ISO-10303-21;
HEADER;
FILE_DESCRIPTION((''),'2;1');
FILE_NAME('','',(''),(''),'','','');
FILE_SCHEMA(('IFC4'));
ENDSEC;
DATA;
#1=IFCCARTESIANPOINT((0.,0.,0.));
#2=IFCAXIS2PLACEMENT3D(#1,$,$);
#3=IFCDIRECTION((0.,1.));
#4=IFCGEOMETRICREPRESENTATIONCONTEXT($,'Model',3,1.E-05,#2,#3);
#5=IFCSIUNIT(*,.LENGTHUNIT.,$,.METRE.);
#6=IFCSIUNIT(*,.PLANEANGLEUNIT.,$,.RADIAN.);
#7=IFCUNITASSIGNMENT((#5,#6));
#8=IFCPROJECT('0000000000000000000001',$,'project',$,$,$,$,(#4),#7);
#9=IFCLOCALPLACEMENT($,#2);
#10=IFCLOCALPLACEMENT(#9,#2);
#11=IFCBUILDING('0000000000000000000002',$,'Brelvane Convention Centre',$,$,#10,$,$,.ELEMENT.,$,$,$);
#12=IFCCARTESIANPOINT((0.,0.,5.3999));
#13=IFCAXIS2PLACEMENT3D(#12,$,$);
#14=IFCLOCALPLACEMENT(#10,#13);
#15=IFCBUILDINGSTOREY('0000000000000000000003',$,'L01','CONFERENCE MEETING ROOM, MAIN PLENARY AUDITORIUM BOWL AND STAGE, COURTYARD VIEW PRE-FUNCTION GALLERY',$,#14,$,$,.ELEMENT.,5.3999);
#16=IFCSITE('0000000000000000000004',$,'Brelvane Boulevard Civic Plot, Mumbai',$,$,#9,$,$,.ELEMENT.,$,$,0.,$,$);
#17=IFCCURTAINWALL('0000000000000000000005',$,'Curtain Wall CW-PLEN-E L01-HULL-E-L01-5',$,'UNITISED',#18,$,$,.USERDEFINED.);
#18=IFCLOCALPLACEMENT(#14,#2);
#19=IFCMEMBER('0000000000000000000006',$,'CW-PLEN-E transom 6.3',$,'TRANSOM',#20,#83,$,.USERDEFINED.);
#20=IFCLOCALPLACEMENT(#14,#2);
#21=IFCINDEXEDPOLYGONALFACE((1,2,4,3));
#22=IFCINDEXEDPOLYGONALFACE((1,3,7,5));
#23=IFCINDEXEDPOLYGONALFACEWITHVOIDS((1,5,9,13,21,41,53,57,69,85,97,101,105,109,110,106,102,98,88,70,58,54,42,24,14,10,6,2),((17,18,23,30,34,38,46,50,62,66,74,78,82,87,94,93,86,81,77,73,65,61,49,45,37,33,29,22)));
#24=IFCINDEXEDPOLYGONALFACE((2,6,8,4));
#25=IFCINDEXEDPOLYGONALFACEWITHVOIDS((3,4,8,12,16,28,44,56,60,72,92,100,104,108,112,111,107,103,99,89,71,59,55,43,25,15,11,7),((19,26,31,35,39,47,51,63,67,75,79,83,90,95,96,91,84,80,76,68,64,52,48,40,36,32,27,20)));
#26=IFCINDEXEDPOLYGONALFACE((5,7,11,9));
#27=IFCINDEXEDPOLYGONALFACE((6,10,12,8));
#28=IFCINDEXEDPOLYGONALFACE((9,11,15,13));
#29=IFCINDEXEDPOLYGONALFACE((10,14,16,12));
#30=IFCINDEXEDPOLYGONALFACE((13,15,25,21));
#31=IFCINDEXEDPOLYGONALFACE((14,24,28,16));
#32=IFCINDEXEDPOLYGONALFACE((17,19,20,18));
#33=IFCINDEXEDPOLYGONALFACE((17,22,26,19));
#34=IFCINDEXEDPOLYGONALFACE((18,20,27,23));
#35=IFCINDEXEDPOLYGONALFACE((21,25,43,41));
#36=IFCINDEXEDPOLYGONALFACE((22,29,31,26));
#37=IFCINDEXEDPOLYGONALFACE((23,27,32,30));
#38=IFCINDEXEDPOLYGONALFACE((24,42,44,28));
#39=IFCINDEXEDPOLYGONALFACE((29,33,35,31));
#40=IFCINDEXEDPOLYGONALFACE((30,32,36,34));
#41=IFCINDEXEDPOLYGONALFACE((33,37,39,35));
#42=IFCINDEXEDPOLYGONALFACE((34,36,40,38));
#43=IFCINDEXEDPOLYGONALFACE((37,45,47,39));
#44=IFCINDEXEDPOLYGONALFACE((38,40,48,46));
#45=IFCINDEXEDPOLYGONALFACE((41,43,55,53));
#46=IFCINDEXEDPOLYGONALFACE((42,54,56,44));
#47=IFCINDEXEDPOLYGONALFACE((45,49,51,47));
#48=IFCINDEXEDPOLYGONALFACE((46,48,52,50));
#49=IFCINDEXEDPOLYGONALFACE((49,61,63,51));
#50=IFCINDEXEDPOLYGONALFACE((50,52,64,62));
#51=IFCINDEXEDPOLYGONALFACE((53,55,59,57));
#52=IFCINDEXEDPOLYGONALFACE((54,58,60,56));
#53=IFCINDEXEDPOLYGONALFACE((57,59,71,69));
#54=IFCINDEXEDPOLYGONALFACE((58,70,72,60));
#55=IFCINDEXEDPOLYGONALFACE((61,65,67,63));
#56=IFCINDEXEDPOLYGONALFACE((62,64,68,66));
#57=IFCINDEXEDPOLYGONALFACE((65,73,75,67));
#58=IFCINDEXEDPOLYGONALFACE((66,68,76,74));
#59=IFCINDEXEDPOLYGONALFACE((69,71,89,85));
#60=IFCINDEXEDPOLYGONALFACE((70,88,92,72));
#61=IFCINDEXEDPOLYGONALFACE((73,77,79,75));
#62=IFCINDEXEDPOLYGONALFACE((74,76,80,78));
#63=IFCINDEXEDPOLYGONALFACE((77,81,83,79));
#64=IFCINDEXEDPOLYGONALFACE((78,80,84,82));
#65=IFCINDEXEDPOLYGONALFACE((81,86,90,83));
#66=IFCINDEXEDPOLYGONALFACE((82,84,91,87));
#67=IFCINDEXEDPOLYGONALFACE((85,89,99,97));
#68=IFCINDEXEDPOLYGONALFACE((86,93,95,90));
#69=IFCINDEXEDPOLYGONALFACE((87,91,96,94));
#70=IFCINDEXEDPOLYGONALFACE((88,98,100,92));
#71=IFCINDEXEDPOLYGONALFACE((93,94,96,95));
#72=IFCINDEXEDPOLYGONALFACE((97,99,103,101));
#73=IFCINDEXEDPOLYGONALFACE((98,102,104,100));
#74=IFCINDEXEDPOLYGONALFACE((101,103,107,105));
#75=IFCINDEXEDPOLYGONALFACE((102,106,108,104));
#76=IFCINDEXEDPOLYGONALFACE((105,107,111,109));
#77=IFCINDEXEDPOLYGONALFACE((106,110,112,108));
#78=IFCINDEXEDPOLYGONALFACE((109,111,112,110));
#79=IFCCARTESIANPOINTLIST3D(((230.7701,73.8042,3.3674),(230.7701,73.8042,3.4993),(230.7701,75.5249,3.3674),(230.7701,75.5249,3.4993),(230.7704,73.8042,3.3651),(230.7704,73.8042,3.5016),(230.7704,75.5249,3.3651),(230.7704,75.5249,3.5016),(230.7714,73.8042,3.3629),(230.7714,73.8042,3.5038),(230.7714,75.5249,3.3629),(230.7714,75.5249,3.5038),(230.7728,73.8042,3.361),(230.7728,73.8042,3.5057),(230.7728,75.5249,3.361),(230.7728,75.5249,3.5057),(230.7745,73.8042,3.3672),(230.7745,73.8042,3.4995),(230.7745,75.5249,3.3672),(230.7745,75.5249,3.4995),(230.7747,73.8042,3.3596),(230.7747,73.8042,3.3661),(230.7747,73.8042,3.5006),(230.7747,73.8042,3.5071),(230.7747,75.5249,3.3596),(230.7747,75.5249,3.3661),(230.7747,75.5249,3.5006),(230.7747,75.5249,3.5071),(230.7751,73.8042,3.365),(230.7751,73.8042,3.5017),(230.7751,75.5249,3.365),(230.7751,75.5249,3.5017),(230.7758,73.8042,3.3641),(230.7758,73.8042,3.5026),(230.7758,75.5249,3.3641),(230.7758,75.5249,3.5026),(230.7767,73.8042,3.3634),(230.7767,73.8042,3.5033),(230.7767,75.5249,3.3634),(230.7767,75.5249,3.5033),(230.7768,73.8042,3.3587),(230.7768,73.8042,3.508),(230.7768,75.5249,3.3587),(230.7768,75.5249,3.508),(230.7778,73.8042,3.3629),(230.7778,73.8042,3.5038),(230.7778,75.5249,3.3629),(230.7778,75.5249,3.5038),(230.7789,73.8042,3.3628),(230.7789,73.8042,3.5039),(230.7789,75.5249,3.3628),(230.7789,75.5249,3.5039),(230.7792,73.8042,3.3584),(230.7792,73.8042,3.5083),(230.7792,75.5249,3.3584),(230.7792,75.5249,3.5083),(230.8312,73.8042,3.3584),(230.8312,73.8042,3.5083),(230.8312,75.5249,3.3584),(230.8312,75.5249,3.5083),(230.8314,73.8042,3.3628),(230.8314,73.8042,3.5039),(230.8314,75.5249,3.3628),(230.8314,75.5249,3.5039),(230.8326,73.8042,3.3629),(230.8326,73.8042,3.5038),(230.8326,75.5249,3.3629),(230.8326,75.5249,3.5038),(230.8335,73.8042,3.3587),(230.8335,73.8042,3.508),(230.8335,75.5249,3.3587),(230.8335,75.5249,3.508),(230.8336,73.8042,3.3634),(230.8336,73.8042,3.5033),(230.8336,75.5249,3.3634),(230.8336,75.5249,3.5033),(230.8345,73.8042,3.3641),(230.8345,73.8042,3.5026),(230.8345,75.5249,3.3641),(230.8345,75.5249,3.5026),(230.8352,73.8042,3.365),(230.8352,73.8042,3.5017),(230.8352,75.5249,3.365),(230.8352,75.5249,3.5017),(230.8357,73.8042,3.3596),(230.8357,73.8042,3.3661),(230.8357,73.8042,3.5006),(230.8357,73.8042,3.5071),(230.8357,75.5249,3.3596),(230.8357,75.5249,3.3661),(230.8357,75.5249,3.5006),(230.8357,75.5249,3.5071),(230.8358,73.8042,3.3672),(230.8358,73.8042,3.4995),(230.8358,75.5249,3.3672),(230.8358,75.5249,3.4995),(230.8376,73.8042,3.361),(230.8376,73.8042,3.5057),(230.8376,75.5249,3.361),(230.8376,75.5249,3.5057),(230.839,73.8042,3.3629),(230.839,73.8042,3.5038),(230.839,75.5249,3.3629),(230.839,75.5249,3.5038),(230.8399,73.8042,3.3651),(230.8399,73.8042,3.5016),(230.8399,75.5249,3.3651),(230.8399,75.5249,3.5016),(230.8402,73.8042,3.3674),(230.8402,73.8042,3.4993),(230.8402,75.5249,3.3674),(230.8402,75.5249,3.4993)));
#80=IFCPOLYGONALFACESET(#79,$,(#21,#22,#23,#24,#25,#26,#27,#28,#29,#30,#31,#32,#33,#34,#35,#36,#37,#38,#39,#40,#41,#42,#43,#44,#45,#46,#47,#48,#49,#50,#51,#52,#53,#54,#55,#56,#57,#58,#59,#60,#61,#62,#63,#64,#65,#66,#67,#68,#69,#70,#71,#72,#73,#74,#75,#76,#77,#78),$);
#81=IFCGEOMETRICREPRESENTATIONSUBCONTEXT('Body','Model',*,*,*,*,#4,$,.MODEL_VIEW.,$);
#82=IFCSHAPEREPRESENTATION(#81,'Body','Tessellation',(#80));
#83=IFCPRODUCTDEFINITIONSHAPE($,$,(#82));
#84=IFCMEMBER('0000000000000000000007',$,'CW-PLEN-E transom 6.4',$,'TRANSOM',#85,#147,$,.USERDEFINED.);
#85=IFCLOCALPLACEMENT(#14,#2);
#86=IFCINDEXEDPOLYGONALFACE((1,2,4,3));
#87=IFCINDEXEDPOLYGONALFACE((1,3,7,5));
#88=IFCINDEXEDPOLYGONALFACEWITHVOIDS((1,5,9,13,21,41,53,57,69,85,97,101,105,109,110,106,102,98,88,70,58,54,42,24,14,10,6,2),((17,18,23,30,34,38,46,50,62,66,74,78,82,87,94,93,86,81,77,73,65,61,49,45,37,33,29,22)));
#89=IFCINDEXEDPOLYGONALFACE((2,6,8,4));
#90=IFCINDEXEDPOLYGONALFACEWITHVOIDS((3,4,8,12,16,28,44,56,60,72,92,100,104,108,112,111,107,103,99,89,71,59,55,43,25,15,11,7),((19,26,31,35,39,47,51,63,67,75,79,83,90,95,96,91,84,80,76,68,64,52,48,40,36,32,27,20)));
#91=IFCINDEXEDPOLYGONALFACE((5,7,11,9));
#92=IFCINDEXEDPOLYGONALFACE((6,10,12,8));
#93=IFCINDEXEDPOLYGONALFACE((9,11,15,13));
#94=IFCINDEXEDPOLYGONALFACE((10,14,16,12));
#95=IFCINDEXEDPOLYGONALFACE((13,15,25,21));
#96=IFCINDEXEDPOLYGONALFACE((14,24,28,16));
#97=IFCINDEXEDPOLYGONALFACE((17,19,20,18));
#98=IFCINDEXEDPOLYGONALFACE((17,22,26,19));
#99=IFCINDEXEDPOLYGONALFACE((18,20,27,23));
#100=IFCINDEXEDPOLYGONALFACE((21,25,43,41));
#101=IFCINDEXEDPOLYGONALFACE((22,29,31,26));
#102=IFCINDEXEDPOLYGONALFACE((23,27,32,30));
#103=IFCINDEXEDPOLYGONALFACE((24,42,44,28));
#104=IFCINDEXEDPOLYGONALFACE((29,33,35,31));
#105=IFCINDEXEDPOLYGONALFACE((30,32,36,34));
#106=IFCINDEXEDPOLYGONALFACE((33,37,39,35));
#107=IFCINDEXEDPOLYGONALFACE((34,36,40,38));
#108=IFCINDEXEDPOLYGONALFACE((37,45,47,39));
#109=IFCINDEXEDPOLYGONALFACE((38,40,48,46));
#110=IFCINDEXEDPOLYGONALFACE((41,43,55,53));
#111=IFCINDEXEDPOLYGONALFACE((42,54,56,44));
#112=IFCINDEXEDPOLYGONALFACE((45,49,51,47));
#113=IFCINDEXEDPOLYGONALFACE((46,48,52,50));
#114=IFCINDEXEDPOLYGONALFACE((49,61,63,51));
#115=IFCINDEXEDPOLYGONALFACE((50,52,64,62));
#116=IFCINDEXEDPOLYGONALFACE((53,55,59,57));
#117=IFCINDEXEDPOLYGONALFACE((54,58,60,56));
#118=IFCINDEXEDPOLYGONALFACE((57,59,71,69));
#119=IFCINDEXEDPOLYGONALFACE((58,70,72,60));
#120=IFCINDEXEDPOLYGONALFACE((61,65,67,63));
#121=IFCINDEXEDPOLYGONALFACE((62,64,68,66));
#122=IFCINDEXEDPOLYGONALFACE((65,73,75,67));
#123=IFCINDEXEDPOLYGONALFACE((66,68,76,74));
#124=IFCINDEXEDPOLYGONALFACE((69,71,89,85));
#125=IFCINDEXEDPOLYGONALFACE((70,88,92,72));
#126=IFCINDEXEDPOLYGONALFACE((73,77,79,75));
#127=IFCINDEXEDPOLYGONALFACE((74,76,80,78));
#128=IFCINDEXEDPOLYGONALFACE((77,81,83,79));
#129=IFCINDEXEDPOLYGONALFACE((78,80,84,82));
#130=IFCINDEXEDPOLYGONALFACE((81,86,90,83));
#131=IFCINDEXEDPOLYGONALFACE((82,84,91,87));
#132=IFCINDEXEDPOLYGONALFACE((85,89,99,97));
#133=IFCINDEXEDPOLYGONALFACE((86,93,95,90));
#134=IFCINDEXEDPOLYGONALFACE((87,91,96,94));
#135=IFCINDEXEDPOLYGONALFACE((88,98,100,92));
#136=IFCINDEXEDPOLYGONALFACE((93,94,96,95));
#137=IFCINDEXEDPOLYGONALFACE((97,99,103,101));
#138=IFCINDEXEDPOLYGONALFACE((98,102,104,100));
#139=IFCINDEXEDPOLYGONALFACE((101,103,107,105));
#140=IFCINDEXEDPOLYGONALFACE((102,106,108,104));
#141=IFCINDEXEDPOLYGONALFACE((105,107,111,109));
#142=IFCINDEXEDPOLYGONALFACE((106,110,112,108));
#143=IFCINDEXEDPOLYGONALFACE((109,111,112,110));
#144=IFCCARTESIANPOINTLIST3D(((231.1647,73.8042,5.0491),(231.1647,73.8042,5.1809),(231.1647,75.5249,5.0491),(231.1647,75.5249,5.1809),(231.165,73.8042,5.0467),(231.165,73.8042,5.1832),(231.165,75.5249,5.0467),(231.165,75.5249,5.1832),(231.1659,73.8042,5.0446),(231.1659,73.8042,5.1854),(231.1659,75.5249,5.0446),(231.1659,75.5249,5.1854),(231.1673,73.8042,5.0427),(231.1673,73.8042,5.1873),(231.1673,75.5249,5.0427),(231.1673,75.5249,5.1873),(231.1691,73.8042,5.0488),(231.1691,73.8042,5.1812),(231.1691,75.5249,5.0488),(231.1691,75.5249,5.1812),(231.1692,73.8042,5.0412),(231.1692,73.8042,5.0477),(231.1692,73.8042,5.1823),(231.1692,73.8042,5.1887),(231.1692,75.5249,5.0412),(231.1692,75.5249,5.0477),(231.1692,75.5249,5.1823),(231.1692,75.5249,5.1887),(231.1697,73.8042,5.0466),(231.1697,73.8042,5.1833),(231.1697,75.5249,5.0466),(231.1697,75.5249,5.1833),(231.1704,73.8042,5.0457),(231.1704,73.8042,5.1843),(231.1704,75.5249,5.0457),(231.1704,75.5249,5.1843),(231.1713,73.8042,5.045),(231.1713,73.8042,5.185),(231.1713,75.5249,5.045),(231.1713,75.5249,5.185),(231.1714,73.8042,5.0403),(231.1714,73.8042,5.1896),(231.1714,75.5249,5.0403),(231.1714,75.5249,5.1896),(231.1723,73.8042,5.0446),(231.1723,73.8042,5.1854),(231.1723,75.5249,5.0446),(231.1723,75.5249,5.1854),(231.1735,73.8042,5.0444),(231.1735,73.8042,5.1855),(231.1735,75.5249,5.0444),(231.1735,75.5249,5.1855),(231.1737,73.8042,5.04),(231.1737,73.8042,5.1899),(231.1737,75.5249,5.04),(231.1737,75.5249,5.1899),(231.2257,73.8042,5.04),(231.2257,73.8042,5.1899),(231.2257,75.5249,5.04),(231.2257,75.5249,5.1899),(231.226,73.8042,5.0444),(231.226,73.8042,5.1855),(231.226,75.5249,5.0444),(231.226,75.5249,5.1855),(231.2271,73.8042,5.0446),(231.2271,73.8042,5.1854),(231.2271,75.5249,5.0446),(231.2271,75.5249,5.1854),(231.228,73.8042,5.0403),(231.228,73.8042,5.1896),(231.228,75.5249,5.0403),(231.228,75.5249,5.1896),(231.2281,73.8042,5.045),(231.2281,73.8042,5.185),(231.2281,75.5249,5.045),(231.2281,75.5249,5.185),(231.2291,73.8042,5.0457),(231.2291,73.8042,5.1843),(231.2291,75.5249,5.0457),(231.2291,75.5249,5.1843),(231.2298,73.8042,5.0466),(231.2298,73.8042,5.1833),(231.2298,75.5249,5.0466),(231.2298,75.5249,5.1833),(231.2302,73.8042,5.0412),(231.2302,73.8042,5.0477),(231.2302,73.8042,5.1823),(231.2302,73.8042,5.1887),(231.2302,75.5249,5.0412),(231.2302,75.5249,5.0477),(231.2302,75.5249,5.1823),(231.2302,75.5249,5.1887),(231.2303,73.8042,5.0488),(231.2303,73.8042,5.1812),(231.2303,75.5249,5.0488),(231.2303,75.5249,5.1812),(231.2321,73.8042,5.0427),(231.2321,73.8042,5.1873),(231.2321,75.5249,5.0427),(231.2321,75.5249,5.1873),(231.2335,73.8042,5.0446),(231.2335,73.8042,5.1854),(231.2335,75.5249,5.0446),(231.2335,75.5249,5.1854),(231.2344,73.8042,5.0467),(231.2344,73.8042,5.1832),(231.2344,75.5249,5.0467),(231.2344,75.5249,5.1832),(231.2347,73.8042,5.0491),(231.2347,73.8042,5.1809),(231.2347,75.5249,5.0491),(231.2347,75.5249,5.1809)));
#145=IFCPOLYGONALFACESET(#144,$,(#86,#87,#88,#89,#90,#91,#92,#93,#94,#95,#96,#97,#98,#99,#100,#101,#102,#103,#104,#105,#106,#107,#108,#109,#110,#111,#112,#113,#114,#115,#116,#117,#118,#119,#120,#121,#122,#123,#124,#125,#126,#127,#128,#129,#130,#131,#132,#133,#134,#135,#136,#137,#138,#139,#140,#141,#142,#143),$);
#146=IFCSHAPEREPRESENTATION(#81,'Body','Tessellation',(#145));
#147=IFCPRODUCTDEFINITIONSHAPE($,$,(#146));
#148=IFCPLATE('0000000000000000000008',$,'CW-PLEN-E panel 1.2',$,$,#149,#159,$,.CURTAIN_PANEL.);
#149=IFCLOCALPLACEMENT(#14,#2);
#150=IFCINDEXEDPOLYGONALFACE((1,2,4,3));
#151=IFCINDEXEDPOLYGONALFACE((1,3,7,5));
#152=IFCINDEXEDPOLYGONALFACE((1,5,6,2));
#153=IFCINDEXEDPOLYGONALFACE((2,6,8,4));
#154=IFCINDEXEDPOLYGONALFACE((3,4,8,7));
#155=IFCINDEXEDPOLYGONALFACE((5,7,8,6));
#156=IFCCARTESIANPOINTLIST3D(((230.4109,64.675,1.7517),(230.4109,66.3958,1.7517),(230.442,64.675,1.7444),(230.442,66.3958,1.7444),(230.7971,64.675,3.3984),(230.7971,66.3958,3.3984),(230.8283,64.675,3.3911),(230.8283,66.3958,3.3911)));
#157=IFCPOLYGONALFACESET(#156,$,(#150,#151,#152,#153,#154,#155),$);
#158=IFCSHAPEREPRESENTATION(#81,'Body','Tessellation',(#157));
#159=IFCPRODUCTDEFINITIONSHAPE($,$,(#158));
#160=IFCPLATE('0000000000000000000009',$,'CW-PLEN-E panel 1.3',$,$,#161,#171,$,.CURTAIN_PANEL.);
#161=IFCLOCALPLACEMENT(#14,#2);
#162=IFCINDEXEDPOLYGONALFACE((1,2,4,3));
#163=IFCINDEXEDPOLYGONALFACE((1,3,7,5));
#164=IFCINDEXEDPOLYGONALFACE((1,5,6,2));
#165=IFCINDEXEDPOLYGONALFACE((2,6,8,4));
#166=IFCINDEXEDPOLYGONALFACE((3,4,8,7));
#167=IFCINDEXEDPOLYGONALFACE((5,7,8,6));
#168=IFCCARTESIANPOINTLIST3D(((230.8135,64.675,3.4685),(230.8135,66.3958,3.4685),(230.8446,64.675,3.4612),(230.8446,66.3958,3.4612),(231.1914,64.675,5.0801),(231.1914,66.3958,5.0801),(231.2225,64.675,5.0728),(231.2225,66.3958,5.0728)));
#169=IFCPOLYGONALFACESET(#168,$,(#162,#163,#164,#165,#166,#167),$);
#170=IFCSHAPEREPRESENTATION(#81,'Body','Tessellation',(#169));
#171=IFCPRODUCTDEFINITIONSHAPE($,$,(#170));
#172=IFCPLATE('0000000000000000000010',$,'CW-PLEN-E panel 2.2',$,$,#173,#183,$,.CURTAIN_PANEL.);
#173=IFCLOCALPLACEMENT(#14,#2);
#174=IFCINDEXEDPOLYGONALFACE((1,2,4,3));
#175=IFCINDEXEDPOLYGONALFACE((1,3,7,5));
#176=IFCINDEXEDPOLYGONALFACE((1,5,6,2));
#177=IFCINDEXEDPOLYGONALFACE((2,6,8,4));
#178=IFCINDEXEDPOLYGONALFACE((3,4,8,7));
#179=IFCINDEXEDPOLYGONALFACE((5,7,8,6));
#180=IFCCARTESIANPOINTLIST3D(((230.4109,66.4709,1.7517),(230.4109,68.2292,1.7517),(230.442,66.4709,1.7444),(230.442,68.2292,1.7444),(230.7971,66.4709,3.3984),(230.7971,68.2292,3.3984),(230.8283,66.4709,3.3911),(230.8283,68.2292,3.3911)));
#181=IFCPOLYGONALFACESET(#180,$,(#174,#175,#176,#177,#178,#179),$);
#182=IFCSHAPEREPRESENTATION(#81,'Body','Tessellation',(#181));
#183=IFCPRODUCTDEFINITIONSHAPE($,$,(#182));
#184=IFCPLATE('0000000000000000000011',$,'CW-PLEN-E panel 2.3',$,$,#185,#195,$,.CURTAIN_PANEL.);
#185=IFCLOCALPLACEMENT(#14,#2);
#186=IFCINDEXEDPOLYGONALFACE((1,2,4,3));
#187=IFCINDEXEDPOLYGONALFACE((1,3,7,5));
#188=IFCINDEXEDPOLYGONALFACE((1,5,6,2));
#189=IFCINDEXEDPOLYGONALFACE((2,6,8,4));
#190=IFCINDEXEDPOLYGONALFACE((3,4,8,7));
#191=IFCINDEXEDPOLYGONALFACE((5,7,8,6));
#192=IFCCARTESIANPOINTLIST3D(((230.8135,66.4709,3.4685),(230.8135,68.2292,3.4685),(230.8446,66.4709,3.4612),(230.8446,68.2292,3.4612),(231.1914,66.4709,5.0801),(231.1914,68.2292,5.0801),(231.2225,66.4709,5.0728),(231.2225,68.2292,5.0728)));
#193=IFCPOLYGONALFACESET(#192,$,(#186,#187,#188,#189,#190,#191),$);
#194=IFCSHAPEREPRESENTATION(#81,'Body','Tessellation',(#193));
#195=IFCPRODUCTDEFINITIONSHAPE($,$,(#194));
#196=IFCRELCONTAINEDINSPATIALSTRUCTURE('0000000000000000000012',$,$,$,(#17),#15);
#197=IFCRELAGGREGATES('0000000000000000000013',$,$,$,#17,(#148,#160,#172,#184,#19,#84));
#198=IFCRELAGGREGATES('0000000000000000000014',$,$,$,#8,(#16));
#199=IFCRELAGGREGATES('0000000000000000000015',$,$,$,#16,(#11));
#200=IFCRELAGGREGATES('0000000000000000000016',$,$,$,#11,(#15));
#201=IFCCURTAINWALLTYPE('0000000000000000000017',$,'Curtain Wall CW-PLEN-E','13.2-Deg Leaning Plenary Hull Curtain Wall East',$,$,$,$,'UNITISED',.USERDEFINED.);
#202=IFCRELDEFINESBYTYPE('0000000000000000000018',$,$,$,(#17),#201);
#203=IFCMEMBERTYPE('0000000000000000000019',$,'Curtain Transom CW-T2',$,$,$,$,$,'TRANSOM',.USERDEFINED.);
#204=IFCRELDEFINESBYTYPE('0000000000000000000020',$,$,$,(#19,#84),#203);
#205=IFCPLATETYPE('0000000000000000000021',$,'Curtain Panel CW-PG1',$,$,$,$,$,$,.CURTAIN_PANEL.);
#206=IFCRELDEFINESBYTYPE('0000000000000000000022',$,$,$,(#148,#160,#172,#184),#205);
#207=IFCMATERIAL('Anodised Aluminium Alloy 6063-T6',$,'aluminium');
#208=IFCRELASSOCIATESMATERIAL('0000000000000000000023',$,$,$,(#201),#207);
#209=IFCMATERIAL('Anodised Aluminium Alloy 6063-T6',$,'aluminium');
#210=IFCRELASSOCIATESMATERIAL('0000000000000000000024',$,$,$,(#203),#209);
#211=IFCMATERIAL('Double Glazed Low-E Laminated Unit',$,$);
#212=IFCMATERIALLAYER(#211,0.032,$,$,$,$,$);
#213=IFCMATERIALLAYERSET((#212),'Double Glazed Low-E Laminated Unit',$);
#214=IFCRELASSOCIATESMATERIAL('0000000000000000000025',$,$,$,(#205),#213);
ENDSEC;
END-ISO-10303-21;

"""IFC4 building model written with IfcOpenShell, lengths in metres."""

from ifc_helpers import new_model, si_unit, direction, frame, origin, origin_2d, place, context, subcontext, project, spatial, polyline, hollow_rectangle, outline, extrude, material, layer, layer_set, material_profile, profile_set, type_object, element, aggregate, save


model = new_model("IFC4")

# Units and contexts
model_context = context("Model", 3, precision=1e-05, world=origin(), true_north=direction((0.0, 1.0)))
body_context = subcontext(model_context, "Body", "Model", "MODEL_VIEW")
ifc_project = project(units=[si_unit("LENGTHUNIT", "METRE"), si_unit("PLANEANGLEUNIT", "RADIAN")], contexts=[model_context])

# Site, building, storey
site_placement = place(None, origin())
site = spatial("IfcSite", under=ifc_project, at=site_placement, Name="Brelvane Boulevard Civic Plot, Mumbai", CompositionType="ELEMENT", RefElevation=0.0)
building_placement = place(site_placement, origin())
building = spatial("IfcBuilding", under=site, at=building_placement, Name="Brelvane Convention Centre", CompositionType="ELEMENT")
storey_placement = place(building_placement, frame((0.0, 0.0, 5.3999)))
storey = spatial("IfcBuildingStorey", under=building, at=storey_placement, Name="L01", Description="CONFERENCE MEETING ROOM, MAIN PLENARY AUDITORIUM BOWL AND STAGE, COURTYARD VIEW PRE-FUNCTION GALLERY", CompositionType="ELEMENT", Elevation=5.3999)

# Curtain wall, members, plates
ifc_material_1 = material(Name="Anodised Aluminium Alloy 6063-T6", Category="aluminium")
curtain_wall_type = type_object("IfcCurtainWallType", Name="Curtain Wall CW-PLEN-E", Description="13.2-Deg Leaning Plenary Hull Curtain Wall East", ElementType="UNITISED", PredefinedType="USERDEFINED", material=ifc_material_1)
curtain_wall_placement = place(storey_placement, origin())
curtain_wall = element("IfcCurtainWall", 1, at=curtain_wall_placement, inside=storey, type_object=curtain_wall_type, Name="Curtain Wall CW-PLEN-E L01-HULL-E-L01-5", ObjectType="UNITISED", PredefinedType="USERDEFINED")
ifc_material_2 = material(Name="Anodised Aluminium Alloy 6063-T6", Category="aluminium")
ifc_material_profile = material_profile(ifc_material_2, hollow_rectangle(XDim=0.0701, YDim=0.1499, WallThickness=0.0044, InnerFilletRadius=0.0044, OuterFilletRadius=0.009, at=origin_2d()), Name="ALU-T 150x70x4.5")
ifc_profile_set = profile_set([ifc_material_profile], Name="Anodised Aluminium Alloy 6063-T6")
member_type = type_object("IfcMemberType", Name="Curtain Transom CW-T2", ElementType="TRANSOM", PredefinedType="USERDEFINED", material=ifc_profile_set)
member_1_placement = place(storey_placement, frame((230.8052, 73.8042, 3.4333), z_axis=(0.0, 1.0, 0.0), x_axis=(-1.0, 0.0, 0.0)))
member_1 = element("IfcMember", 2, at=member_1_placement, type_object=member_type, Name="CW-PLEN-E transom 6.3", ObjectType="TRANSOM", PredefinedType="USERDEFINED", context=body_context, shape_type="SweptSolid", body=[
    extrude(hollow_rectangle(XDim=0.0701, YDim=0.1499, WallThickness=0.0044, InnerFilletRadius=0.0044, OuterFilletRadius=0.009, at=origin_2d()), origin(), (0.0, 0.0, 1.0), 1.7207),
])
member_2_placement = place(storey_placement, frame((231.1997, 73.8042, 5.115), z_axis=(0.0, 1.0, 0.0), x_axis=(-1.0, 0.0, 0.0)))
member_2 = element("IfcMember", 3, at=member_2_placement, type_object=member_type, Name="CW-PLEN-E transom 6.4", ObjectType="TRANSOM", PredefinedType="USERDEFINED", context=body_context, shape_type="SweptSolid", body=[
    extrude(hollow_rectangle(XDim=0.0701, YDim=0.1499, WallThickness=0.0044, InnerFilletRadius=0.0044, OuterFilletRadius=0.009, at=origin_2d()), origin(), (0.0, 0.0, 1.0), 1.7207),
])
ifc_material_3 = material(Name="Double Glazed Low-E Laminated Unit")
ifc_layer_1 = layer(ifc_material_3, 0.032)
ifc_layer_set_1 = layer_set([ifc_layer_1], Name="Double Glazed Low-E Laminated Unit")
plate_type_1 = type_object("IfcPlateType", Name="Curtain Panel CW-PG1", PredefinedType="CURTAIN_PANEL", material=ifc_layer_set_1)
plate_1_placement = place(storey_placement, frame((230.4109, 64.675, 1.7517), z_axis=(-0.97358, 0.0, 0.228347), x_axis=(0.0, 1.0, 0.0)))
plate_1 = element("IfcPlate", 4, at=plate_1_placement, type_object=plate_type_1, Name="CW-PLEN-E panel 1.2", PredefinedType="CURTAIN_PANEL", context=body_context, shape_type="SweptSolid", body=[
    extrude(outline(polyline([(0.0, 0.0), (1.7207, 0.0), (1.7207, -1.6914), (0.0, -1.6914), (0.0, 0.0)])), origin(), (0.0, 0.0, -1.0), 0.032),
])
plate_2_placement = place(storey_placement, frame((230.8135, 64.675, 3.4685), z_axis=(-0.973587, 0.0, 0.228316), x_axis=(0.0, 1.0, 0.0)))
plate_2 = element("IfcPlate", 5, at=plate_2_placement, type_object=plate_type_1, Name="CW-PLEN-E panel 1.3", PredefinedType="CURTAIN_PANEL", context=body_context, shape_type="SweptSolid", body=[
    extrude(outline(polyline([(0.0, 0.0), (1.7207, 0.0), (1.7207, -1.6553), (0.0, -1.6553), (0.0, 0.0)])), origin(), (0.0, 0.0, -1.0), 0.032),
])
plate_3_placement = place(storey_placement, frame((230.4109, 66.4709, 1.7517), z_axis=(-0.97358, 0.0, 0.228347), x_axis=(0.0, 1.0, 0.0)))
plate_3 = element("IfcPlate", 6, at=plate_3_placement, type_object=plate_type_1, Name="CW-PLEN-E panel 2.2", PredefinedType="CURTAIN_PANEL", context=body_context, shape_type="SweptSolid", body=[
    extrude(outline(polyline([(0.0, 0.0), (1.7583, 0.0), (1.7583, -1.6914), (0.0, -1.6914), (0.0, 0.0)])), origin(), (0.0, 0.0, -1.0), 0.032),
])
plate_4_placement = place(storey_placement, frame((230.8135, 66.4709, 3.4685), z_axis=(-0.973587, 0.0, 0.228316), x_axis=(0.0, 1.0, 0.0)))
plate_4 = element("IfcPlate", 7, at=plate_4_placement, type_object=plate_type_1, Name="CW-PLEN-E panel 2.3", PredefinedType="CURTAIN_PANEL", context=body_context, shape_type="SweptSolid", body=[
    extrude(outline(polyline([(0.0, 0.0), (1.7583, 0.0), (1.7583, -1.6553), (0.0, -1.6553), (0.0, 0.0)])), origin(), (0.0, 0.0, -1.0), 0.032),
])
aggregate(curtain_wall, [plate_1, plate_2, plate_3, plate_4, member_1, member_2])

save(model, "model.ifc")
